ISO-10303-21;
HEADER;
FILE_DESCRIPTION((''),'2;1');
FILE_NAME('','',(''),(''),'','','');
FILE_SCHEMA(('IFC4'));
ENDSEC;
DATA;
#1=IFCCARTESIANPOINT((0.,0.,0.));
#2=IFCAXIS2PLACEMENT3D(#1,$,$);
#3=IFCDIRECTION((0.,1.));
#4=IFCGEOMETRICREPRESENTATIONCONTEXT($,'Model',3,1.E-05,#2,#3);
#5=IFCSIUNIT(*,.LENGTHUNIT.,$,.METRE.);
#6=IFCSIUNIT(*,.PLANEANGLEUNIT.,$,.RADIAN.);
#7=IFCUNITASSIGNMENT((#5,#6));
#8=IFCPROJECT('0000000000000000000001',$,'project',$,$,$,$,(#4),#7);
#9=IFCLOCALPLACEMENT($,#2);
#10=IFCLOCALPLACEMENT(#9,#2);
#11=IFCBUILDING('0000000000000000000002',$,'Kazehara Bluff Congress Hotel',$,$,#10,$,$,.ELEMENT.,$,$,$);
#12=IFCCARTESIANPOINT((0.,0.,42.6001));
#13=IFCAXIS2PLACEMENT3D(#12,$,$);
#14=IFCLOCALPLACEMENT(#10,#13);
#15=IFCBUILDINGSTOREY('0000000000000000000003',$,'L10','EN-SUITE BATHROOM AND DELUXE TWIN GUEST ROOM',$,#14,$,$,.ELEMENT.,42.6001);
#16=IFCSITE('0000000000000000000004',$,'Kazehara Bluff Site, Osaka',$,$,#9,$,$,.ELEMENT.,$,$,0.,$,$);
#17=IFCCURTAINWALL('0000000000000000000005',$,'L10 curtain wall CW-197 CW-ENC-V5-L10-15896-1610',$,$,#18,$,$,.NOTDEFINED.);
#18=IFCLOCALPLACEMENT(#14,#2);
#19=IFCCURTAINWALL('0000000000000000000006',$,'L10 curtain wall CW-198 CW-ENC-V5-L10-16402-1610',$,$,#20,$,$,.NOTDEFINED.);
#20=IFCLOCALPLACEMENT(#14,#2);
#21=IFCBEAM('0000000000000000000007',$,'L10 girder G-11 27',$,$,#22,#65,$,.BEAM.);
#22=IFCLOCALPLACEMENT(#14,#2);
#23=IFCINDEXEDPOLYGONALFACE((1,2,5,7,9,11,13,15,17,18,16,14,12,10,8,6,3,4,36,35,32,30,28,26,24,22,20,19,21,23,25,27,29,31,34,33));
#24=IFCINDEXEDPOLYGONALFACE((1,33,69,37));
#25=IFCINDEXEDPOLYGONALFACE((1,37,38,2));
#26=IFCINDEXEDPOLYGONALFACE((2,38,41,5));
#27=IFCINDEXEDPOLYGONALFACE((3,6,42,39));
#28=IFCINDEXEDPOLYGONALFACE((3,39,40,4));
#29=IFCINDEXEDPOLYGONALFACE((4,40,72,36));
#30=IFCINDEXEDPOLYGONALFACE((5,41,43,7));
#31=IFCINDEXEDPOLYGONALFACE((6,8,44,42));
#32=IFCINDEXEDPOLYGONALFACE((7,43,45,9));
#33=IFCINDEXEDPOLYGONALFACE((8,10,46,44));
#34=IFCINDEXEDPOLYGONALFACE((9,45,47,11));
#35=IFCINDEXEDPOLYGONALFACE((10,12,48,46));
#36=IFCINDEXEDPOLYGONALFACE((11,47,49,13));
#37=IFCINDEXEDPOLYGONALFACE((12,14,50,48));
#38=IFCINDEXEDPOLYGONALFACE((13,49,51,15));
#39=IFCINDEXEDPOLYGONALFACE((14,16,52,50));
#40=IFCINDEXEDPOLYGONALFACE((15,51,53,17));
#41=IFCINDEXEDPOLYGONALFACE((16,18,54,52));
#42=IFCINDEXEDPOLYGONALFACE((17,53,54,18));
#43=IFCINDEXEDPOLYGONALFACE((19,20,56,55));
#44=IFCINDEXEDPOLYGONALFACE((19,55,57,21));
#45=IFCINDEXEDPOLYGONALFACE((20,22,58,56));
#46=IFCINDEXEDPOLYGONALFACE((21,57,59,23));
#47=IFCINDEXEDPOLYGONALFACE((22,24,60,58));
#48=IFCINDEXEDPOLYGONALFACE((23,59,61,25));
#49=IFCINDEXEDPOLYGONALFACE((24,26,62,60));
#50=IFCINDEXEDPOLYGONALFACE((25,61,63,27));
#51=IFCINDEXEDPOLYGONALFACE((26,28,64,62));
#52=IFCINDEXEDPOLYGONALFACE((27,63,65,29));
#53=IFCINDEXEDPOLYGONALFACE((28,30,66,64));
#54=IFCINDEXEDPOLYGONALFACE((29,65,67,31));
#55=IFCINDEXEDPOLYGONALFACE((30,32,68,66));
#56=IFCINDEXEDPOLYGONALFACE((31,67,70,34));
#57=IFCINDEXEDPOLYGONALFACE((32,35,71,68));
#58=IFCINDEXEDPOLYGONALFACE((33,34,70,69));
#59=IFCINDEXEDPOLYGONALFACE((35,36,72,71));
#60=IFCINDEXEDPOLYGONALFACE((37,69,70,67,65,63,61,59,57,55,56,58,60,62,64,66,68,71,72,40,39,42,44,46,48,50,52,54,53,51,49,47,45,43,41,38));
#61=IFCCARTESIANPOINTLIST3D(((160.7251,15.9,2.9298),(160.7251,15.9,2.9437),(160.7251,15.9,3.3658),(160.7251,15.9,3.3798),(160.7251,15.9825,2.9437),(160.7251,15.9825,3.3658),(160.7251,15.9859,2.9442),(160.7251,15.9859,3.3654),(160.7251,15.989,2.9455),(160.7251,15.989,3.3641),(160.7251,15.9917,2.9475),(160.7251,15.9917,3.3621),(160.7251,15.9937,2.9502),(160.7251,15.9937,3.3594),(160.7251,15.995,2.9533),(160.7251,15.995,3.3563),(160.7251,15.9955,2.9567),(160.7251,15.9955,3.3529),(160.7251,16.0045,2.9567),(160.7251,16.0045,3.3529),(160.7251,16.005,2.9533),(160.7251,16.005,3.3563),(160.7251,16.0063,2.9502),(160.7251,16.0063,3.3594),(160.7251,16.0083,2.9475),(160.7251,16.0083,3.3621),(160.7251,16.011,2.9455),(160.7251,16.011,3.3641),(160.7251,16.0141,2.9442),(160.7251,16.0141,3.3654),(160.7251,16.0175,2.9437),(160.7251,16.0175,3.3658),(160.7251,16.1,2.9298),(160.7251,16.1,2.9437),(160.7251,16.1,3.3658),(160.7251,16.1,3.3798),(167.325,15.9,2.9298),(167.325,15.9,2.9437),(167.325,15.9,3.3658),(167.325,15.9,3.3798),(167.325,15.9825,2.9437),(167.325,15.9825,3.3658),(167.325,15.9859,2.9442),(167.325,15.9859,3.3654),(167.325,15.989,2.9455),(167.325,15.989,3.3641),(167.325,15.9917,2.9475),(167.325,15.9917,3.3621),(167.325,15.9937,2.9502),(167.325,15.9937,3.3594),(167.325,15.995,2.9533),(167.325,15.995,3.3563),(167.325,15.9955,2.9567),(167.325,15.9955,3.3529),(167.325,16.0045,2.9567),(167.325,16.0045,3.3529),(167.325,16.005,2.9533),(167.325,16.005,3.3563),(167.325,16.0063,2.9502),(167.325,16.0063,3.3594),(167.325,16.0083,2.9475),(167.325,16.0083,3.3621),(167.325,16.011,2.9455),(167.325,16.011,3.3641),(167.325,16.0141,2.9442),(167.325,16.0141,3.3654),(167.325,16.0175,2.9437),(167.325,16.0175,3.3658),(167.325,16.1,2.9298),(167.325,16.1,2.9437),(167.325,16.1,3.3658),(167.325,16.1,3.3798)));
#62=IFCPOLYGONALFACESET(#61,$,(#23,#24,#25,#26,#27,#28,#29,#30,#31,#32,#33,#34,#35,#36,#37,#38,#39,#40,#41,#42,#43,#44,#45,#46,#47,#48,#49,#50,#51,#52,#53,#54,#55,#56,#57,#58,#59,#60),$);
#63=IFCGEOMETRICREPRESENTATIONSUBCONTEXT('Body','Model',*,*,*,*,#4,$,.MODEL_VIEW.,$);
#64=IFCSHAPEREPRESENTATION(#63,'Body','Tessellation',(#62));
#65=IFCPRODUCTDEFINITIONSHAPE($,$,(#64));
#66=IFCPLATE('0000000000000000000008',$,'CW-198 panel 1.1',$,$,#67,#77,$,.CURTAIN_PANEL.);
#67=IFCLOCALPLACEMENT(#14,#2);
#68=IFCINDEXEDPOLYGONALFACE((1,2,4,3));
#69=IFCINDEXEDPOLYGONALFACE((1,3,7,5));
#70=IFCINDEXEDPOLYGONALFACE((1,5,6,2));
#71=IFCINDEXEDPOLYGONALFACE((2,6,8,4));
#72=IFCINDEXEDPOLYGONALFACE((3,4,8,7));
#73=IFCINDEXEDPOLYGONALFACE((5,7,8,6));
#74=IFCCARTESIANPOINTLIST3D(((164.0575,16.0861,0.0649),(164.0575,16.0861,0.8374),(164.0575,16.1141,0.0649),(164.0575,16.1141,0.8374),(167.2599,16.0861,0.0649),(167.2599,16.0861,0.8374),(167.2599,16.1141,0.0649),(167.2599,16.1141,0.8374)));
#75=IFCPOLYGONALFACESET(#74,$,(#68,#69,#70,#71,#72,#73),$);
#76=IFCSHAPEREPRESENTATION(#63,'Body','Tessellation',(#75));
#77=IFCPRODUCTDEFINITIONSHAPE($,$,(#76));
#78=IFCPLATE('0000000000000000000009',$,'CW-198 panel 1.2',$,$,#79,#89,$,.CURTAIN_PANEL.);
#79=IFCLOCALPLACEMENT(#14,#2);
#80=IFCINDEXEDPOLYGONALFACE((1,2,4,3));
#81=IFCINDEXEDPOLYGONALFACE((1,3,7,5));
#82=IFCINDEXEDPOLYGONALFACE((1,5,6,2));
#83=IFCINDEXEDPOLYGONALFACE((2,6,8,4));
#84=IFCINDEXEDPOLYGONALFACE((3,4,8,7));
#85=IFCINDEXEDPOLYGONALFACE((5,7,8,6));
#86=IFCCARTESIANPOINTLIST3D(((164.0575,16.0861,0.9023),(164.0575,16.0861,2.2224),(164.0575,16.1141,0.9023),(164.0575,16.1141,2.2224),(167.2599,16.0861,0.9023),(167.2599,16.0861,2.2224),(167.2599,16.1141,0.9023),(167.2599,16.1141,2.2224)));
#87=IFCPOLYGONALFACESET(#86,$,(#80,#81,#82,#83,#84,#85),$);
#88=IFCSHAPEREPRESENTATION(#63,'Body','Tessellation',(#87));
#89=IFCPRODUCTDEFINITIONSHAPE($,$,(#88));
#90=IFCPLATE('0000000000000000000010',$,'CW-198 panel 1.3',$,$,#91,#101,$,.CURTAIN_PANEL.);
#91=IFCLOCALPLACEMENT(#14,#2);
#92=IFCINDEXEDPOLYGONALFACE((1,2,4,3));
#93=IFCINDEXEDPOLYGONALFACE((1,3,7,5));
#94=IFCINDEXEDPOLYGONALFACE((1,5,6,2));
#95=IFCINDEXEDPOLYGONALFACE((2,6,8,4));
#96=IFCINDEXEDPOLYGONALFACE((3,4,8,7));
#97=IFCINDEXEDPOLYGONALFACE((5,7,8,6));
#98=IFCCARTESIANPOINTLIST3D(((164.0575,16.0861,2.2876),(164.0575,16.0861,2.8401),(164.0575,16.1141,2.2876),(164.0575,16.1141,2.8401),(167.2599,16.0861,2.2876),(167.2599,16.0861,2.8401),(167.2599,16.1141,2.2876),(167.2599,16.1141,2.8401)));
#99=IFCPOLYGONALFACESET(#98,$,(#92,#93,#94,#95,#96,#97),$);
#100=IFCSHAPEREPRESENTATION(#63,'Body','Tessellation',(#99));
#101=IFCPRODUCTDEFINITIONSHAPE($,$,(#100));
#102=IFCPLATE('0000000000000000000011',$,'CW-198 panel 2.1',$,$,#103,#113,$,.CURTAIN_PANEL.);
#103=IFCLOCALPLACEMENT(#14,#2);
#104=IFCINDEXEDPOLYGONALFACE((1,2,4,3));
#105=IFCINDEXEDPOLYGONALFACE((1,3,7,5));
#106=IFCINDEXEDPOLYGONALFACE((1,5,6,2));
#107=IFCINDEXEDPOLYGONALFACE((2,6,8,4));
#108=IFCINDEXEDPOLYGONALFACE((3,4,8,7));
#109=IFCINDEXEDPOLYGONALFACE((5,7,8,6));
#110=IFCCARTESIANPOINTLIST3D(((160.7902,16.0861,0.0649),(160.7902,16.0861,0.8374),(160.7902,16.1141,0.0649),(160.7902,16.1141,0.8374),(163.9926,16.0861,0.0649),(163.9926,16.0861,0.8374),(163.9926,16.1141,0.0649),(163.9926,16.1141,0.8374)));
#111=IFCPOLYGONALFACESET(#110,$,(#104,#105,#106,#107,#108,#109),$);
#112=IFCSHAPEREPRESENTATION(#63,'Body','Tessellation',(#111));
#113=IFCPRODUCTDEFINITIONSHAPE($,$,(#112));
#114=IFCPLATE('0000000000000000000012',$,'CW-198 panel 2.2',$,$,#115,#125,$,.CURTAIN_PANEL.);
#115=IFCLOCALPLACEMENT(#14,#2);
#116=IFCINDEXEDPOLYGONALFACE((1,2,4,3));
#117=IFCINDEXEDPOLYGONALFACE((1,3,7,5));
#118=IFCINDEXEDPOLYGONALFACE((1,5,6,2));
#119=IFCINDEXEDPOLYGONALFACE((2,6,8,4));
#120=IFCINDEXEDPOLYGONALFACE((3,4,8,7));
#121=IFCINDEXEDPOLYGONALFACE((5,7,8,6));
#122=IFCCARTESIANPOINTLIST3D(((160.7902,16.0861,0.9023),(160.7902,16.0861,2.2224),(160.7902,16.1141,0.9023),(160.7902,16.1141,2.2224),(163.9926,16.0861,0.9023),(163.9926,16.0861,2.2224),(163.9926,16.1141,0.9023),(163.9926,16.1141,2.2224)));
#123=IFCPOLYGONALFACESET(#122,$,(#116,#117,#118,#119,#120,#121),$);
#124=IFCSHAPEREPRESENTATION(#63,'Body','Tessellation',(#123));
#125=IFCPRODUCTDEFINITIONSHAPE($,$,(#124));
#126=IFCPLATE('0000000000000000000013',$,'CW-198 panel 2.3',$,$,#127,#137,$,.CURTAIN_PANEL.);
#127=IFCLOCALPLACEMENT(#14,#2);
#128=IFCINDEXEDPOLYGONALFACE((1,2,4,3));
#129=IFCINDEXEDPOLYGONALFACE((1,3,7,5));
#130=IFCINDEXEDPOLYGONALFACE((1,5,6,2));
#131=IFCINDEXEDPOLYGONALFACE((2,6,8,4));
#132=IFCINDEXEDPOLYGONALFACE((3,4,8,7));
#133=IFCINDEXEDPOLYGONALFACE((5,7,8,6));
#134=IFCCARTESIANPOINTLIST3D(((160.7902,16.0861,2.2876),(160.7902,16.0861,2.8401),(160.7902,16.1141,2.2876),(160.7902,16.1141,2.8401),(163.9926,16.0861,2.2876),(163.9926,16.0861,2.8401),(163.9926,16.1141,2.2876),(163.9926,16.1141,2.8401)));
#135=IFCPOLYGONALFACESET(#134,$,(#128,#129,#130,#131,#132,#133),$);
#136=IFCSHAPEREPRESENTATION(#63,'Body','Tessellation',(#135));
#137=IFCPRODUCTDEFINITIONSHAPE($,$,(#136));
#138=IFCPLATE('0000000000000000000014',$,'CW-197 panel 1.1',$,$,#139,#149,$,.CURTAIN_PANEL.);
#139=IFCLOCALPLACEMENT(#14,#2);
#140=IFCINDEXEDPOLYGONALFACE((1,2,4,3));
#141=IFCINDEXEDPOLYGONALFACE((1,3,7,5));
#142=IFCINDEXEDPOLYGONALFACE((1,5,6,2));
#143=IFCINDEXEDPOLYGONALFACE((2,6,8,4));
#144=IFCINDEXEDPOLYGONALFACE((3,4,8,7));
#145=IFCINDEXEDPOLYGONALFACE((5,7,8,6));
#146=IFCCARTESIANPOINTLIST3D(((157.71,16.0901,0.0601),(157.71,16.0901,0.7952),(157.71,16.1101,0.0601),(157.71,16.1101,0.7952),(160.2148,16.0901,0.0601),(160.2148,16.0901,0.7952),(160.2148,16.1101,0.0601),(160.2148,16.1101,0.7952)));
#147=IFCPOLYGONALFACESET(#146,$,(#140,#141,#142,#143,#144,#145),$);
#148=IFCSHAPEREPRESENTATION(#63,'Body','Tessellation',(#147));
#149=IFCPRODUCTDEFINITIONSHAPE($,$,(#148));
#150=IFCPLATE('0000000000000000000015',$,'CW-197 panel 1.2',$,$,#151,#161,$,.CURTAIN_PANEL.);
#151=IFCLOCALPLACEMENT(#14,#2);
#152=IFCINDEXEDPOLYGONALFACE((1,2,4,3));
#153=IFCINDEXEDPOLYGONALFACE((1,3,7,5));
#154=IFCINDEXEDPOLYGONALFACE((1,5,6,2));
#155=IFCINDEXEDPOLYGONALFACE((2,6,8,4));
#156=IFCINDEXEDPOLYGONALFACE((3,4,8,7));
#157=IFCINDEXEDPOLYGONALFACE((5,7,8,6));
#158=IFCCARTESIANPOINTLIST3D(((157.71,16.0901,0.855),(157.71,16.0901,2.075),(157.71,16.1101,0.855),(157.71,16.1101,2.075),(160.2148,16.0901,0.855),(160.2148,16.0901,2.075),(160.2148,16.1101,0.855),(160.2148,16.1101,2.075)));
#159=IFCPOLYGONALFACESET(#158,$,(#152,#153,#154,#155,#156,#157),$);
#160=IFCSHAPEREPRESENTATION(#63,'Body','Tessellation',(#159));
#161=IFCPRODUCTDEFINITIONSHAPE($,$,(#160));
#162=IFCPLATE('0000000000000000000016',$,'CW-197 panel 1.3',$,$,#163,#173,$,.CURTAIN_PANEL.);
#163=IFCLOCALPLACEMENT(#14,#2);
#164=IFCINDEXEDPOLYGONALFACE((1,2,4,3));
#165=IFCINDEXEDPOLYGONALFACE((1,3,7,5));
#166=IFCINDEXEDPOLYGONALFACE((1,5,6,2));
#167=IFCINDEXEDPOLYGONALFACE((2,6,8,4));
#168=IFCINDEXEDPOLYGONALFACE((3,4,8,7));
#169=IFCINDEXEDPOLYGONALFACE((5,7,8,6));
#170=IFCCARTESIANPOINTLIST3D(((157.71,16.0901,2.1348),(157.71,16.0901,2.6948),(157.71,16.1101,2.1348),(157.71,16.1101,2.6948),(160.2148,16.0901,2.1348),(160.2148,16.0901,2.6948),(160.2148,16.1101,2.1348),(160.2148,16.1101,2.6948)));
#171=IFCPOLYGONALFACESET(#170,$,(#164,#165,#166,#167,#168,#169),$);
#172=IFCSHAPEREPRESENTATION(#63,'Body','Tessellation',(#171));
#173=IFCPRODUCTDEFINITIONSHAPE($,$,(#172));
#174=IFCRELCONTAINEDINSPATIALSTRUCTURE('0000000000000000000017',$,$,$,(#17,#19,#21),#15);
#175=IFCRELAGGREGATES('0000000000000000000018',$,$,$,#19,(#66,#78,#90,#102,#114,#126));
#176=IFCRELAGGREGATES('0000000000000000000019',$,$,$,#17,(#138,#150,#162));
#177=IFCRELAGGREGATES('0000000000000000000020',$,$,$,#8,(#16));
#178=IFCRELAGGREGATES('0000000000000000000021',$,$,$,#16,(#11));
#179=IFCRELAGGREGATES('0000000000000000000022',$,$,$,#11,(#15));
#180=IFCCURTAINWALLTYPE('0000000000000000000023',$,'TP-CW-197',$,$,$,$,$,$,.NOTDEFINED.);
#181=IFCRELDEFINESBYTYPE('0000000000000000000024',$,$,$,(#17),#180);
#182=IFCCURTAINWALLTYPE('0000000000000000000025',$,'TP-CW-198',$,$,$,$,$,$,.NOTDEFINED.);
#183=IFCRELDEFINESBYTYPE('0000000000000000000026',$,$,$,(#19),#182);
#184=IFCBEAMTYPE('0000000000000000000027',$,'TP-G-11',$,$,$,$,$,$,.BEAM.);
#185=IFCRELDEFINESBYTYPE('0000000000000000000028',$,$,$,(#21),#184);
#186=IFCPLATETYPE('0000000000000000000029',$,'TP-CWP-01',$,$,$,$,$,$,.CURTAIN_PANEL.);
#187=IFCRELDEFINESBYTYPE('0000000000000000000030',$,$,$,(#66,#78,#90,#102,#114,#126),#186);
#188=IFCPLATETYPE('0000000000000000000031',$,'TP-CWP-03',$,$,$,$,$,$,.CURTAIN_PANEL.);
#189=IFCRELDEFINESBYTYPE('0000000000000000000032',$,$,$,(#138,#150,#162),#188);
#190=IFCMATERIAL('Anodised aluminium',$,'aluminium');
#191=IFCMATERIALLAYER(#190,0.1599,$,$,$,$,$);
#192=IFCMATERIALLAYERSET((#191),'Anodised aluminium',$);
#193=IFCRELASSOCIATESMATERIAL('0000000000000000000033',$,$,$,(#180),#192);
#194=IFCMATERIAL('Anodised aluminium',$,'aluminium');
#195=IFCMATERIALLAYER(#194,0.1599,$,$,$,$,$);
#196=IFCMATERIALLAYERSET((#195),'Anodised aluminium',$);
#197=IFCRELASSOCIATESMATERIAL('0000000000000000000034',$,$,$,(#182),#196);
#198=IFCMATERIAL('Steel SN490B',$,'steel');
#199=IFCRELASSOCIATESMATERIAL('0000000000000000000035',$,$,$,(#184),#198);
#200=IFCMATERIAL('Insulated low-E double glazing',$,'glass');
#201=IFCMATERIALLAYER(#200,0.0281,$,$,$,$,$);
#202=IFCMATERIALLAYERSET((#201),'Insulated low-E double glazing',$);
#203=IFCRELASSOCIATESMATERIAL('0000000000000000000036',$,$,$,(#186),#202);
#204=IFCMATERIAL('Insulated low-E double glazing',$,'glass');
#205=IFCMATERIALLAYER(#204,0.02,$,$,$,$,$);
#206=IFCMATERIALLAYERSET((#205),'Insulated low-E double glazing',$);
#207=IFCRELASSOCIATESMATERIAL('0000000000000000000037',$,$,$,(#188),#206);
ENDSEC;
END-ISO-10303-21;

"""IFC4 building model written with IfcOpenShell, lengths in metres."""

from ifc_helpers import new_model, si_unit, direction, frame, origin, origin_2d, place, context, subcontext, project, spatial, rectangle, i_section, extrude, material, layer, layer_set, material_profile, profile_set, type_object, element, aggregate, save


model = new_model("IFC4")

# Units and contexts
model_context = context("Model", 3, precision=1e-05, world=origin(), true_north=direction((0.0, 1.0)))
body_context = subcontext(model_context, "Body", "Model", "MODEL_VIEW")
ifc_project = project(units=[si_unit("LENGTHUNIT", "METRE"), si_unit("PLANEANGLEUNIT", "RADIAN")], contexts=[model_context])

# Site, building, storey
site_placement = place(None, origin())
site = spatial("IfcSite", under=ifc_project, at=site_placement, Name="Kazehara Bluff Site, Osaka", CompositionType="ELEMENT", RefElevation=0.0)
building_placement = place(site_placement, origin())
building = spatial("IfcBuilding", under=site, at=building_placement, Name="Kazehara Bluff Congress Hotel", CompositionType="ELEMENT")
storey_placement = place(building_placement, frame((0.0, 0.0, 42.6001)))
storey = spatial("IfcBuildingStorey", under=building, at=storey_placement, Name="L10", Description="EN-SUITE BATHROOM AND DELUXE TWIN GUEST ROOM", CompositionType="ELEMENT", Elevation=42.6001)

# Curtain walls
ifc_material_1 = material(Name="Anodised aluminium", Category="aluminium")
ifc_layer_1 = layer(ifc_material_1, 0.1599)
ifc_layer_set_1 = layer_set([ifc_layer_1], Name="Anodised aluminium")
curtain_wall_type_1 = type_object("IfcCurtainWallType", Name="TP-CW-197", PredefinedType="NOTDEFINED", material=ifc_layer_set_1)
curtain_wall_1_placement = place(storey_placement, origin())
curtain_wall_1 = element("IfcCurtainWall", 1, at=curtain_wall_1_placement, inside=storey, type_object=curtain_wall_type_1, Name="L10 curtain wall CW-197 CW-ENC-V5-L10-15896-1610", PredefinedType="NOTDEFINED")
ifc_material_2 = material(Name="Anodised aluminium", Category="aluminium")
ifc_layer_2 = layer(ifc_material_2, 0.1599)
ifc_layer_set_2 = layer_set([ifc_layer_2], Name="Anodised aluminium")
curtain_wall_type_2 = type_object("IfcCurtainWallType", Name="TP-CW-198", PredefinedType="NOTDEFINED", material=ifc_layer_set_2)
curtain_wall_2_placement = place(storey_placement, origin())
curtain_wall_2 = element("IfcCurtainWall", 2, at=curtain_wall_2_placement, inside=storey, type_object=curtain_wall_type_2, Name="L10 curtain wall CW-198 CW-ENC-V5-L10-16402-1610", PredefinedType="NOTDEFINED")

# Beam
ifc_material_3 = material(Name="Steel SN490B", Category="steel")
ifc_material_profile_1 = material_profile(ifc_material_3, i_section(OverallWidth=0.2, OverallDepth=0.45, WebThickness=0.009, FlangeThickness=0.0139, FilletRadius=0.0129, at=origin_2d()))
ifc_profile_set_1 = profile_set([ifc_material_profile_1], Name="Steel SN490B")
beam_type_1 = type_object("IfcBeamType", Name="TP-G-11", PredefinedType="BEAM", material=ifc_profile_set_1)
beam_1_placement = place(storey_placement, frame((160.7251, 16.0, 3.1548), z_axis=(1.0, 0.0, 0.0), x_axis=(0.0, 1.0, 0.0)))
element("IfcBeam", 3, at=beam_1_placement, inside=storey, type_object=beam_type_1, Name="L10 girder G-11 27", PredefinedType="BEAM", context=body_context, shape_type="SweptSolid", body=[
    extrude(i_section(OverallWidth=0.2, OverallDepth=0.45, WebThickness=0.009, FlangeThickness=0.0139, FilletRadius=0.0129, at=origin_2d()), origin(), (0.0, 0.0, 1.0), 6.5999),
])

# Plates
ifc_material_4 = material(Name="Insulated low-E double glazing", Category="glass")
ifc_layer_3 = layer(ifc_material_4, 0.0281)
ifc_layer_set_3 = layer_set([ifc_layer_3], Name="Insulated low-E double glazing")
plate_type_1 = type_object("IfcPlateType", Name="TP-CWP-01", PredefinedType="CURTAIN_PANEL", material=ifc_layer_set_3)
plate_1_placement = place(storey_placement, frame((165.6587, 16.1001, 0.0649), z_axis=(0.0, 0.0, 1.0), x_axis=(-1.0, 0.0, 0.0)))
plate_1 = element("IfcPlate", 4, at=plate_1_placement, type_object=plate_type_1, Name="CW-198 panel 1.1", PredefinedType="CURTAIN_PANEL", context=body_context, shape_type="SweptSolid", body=[
    extrude(rectangle(XDim=3.2024, YDim=0.0281, at=origin_2d()), origin(), (0.0, 0.0, 1.0), 0.7725),
])
plate_2_placement = place(storey_placement, frame((165.6587, 16.1001, 0.9023), z_axis=(0.0, 0.0, 1.0), x_axis=(-1.0, 0.0, 0.0)))
plate_2 = element("IfcPlate", 5, at=plate_2_placement, type_object=plate_type_1, Name="CW-198 panel 1.2", PredefinedType="CURTAIN_PANEL", context=body_context, shape_type="SweptSolid", body=[
    extrude(rectangle(XDim=3.2024, YDim=0.0281, at=origin_2d()), origin(), (0.0, 0.0, 1.0), 1.3201),
])
plate_3_placement = place(storey_placement, frame((165.6587, 16.1001, 2.2876), z_axis=(0.0, 0.0, 1.0), x_axis=(-1.0, 0.0, 0.0)))
plate_3 = element("IfcPlate", 6, at=plate_3_placement, type_object=plate_type_1, Name="CW-198 panel 1.3", PredefinedType="CURTAIN_PANEL", context=body_context, shape_type="SweptSolid", body=[
    extrude(rectangle(XDim=3.2024, YDim=0.0281, at=origin_2d()), origin(), (0.0, 0.0, 1.0), 0.5525),
])
plate_4_placement = place(storey_placement, frame((162.3914, 16.1001, 0.0649), z_axis=(0.0, 0.0, 1.0), x_axis=(-1.0, 0.0, 0.0)))
plate_4 = element("IfcPlate", 7, at=plate_4_placement, type_object=plate_type_1, Name="CW-198 panel 2.1", PredefinedType="CURTAIN_PANEL", context=body_context, shape_type="SweptSolid", body=[
    extrude(rectangle(XDim=3.2024, YDim=0.0281, at=origin_2d()), origin(), (0.0, 0.0, 1.0), 0.7725),
])
plate_5_placement = place(storey_placement, frame((162.3914, 16.1001, 0.9023), z_axis=(0.0, 0.0, 1.0), x_axis=(-1.0, 0.0, 0.0)))
plate_5 = element("IfcPlate", 8, at=plate_5_placement, type_object=plate_type_1, Name="CW-198 panel 2.2", PredefinedType="CURTAIN_PANEL", context=body_context, shape_type="SweptSolid", body=[
    extrude(rectangle(XDim=3.2024, YDim=0.0281, at=origin_2d()), origin(), (0.0, 0.0, 1.0), 1.3201),
])
plate_6_placement = place(storey_placement, frame((162.3914, 16.1001, 2.2876), z_axis=(0.0, 0.0, 1.0), x_axis=(-1.0, 0.0, 0.0)))
plate_6 = element("IfcPlate", 9, at=plate_6_placement, type_object=plate_type_1, Name="CW-198 panel 2.3", PredefinedType="CURTAIN_PANEL", context=body_context, shape_type="SweptSolid", body=[
    extrude(rectangle(XDim=3.2024, YDim=0.0281, at=origin_2d()), origin(), (0.0, 0.0, 1.0), 0.5525),
])
aggregate(curtain_wall_2, [plate_1, plate_2, plate_3, plate_4, plate_5, plate_6])
ifc_material_5 = material(Name="Insulated low-E double glazing", Category="glass")
ifc_layer_4 = layer(ifc_material_5, 0.02)
ifc_layer_set_4 = layer_set([ifc_layer_4], Name="Insulated low-E double glazing")
plate_type_2 = type_object("IfcPlateType", Name="TP-CWP-03", PredefinedType="CURTAIN_PANEL", material=ifc_layer_set_4)
plate_7_placement = place(storey_placement, frame((158.9624, 16.1001, 0.0601), z_axis=(0.0, 0.0, 1.0), x_axis=(-1.0, 0.0, 0.0)))
plate_7 = element("IfcPlate", 10, at=plate_7_placement, type_object=plate_type_2, Name="CW-197 panel 1.1", PredefinedType="CURTAIN_PANEL", context=body_context, shape_type="SweptSolid", body=[
    extrude(rectangle(XDim=2.5049, YDim=0.02, at=origin_2d()), origin(), (0.0, 0.0, 1.0), 0.7351),
])
plate_8_placement = place(storey_placement, frame((158.9624, 16.1001, 0.855), z_axis=(0.0, 0.0, 1.0), x_axis=(-1.0, 0.0, 0.0)))
plate_8 = element("IfcPlate", 11, at=plate_8_placement, type_object=plate_type_2, Name="CW-197 panel 1.2", PredefinedType="CURTAIN_PANEL", context=body_context, shape_type="SweptSolid", body=[
    extrude(rectangle(XDim=2.5049, YDim=0.02, at=origin_2d()), origin(), (0.0, 0.0, 1.0), 1.22),
])
plate_9_placement = place(storey_placement, frame((158.9624, 16.1001, 2.1348), z_axis=(0.0, 0.0, 1.0), x_axis=(-1.0, 0.0, 0.0)))
plate_9 = element("IfcPlate", 12, at=plate_9_placement, type_object=plate_type_2, Name="CW-197 panel 1.3", PredefinedType="CURTAIN_PANEL", context=body_context, shape_type="SweptSolid", body=[
    extrude(rectangle(XDim=2.5049, YDim=0.02, at=origin_2d()), origin(), (0.0, 0.0, 1.0), 0.5601),
])
aggregate(curtain_wall_1, [plate_7, plate_8, plate_9])

save(model, "model.ifc")
